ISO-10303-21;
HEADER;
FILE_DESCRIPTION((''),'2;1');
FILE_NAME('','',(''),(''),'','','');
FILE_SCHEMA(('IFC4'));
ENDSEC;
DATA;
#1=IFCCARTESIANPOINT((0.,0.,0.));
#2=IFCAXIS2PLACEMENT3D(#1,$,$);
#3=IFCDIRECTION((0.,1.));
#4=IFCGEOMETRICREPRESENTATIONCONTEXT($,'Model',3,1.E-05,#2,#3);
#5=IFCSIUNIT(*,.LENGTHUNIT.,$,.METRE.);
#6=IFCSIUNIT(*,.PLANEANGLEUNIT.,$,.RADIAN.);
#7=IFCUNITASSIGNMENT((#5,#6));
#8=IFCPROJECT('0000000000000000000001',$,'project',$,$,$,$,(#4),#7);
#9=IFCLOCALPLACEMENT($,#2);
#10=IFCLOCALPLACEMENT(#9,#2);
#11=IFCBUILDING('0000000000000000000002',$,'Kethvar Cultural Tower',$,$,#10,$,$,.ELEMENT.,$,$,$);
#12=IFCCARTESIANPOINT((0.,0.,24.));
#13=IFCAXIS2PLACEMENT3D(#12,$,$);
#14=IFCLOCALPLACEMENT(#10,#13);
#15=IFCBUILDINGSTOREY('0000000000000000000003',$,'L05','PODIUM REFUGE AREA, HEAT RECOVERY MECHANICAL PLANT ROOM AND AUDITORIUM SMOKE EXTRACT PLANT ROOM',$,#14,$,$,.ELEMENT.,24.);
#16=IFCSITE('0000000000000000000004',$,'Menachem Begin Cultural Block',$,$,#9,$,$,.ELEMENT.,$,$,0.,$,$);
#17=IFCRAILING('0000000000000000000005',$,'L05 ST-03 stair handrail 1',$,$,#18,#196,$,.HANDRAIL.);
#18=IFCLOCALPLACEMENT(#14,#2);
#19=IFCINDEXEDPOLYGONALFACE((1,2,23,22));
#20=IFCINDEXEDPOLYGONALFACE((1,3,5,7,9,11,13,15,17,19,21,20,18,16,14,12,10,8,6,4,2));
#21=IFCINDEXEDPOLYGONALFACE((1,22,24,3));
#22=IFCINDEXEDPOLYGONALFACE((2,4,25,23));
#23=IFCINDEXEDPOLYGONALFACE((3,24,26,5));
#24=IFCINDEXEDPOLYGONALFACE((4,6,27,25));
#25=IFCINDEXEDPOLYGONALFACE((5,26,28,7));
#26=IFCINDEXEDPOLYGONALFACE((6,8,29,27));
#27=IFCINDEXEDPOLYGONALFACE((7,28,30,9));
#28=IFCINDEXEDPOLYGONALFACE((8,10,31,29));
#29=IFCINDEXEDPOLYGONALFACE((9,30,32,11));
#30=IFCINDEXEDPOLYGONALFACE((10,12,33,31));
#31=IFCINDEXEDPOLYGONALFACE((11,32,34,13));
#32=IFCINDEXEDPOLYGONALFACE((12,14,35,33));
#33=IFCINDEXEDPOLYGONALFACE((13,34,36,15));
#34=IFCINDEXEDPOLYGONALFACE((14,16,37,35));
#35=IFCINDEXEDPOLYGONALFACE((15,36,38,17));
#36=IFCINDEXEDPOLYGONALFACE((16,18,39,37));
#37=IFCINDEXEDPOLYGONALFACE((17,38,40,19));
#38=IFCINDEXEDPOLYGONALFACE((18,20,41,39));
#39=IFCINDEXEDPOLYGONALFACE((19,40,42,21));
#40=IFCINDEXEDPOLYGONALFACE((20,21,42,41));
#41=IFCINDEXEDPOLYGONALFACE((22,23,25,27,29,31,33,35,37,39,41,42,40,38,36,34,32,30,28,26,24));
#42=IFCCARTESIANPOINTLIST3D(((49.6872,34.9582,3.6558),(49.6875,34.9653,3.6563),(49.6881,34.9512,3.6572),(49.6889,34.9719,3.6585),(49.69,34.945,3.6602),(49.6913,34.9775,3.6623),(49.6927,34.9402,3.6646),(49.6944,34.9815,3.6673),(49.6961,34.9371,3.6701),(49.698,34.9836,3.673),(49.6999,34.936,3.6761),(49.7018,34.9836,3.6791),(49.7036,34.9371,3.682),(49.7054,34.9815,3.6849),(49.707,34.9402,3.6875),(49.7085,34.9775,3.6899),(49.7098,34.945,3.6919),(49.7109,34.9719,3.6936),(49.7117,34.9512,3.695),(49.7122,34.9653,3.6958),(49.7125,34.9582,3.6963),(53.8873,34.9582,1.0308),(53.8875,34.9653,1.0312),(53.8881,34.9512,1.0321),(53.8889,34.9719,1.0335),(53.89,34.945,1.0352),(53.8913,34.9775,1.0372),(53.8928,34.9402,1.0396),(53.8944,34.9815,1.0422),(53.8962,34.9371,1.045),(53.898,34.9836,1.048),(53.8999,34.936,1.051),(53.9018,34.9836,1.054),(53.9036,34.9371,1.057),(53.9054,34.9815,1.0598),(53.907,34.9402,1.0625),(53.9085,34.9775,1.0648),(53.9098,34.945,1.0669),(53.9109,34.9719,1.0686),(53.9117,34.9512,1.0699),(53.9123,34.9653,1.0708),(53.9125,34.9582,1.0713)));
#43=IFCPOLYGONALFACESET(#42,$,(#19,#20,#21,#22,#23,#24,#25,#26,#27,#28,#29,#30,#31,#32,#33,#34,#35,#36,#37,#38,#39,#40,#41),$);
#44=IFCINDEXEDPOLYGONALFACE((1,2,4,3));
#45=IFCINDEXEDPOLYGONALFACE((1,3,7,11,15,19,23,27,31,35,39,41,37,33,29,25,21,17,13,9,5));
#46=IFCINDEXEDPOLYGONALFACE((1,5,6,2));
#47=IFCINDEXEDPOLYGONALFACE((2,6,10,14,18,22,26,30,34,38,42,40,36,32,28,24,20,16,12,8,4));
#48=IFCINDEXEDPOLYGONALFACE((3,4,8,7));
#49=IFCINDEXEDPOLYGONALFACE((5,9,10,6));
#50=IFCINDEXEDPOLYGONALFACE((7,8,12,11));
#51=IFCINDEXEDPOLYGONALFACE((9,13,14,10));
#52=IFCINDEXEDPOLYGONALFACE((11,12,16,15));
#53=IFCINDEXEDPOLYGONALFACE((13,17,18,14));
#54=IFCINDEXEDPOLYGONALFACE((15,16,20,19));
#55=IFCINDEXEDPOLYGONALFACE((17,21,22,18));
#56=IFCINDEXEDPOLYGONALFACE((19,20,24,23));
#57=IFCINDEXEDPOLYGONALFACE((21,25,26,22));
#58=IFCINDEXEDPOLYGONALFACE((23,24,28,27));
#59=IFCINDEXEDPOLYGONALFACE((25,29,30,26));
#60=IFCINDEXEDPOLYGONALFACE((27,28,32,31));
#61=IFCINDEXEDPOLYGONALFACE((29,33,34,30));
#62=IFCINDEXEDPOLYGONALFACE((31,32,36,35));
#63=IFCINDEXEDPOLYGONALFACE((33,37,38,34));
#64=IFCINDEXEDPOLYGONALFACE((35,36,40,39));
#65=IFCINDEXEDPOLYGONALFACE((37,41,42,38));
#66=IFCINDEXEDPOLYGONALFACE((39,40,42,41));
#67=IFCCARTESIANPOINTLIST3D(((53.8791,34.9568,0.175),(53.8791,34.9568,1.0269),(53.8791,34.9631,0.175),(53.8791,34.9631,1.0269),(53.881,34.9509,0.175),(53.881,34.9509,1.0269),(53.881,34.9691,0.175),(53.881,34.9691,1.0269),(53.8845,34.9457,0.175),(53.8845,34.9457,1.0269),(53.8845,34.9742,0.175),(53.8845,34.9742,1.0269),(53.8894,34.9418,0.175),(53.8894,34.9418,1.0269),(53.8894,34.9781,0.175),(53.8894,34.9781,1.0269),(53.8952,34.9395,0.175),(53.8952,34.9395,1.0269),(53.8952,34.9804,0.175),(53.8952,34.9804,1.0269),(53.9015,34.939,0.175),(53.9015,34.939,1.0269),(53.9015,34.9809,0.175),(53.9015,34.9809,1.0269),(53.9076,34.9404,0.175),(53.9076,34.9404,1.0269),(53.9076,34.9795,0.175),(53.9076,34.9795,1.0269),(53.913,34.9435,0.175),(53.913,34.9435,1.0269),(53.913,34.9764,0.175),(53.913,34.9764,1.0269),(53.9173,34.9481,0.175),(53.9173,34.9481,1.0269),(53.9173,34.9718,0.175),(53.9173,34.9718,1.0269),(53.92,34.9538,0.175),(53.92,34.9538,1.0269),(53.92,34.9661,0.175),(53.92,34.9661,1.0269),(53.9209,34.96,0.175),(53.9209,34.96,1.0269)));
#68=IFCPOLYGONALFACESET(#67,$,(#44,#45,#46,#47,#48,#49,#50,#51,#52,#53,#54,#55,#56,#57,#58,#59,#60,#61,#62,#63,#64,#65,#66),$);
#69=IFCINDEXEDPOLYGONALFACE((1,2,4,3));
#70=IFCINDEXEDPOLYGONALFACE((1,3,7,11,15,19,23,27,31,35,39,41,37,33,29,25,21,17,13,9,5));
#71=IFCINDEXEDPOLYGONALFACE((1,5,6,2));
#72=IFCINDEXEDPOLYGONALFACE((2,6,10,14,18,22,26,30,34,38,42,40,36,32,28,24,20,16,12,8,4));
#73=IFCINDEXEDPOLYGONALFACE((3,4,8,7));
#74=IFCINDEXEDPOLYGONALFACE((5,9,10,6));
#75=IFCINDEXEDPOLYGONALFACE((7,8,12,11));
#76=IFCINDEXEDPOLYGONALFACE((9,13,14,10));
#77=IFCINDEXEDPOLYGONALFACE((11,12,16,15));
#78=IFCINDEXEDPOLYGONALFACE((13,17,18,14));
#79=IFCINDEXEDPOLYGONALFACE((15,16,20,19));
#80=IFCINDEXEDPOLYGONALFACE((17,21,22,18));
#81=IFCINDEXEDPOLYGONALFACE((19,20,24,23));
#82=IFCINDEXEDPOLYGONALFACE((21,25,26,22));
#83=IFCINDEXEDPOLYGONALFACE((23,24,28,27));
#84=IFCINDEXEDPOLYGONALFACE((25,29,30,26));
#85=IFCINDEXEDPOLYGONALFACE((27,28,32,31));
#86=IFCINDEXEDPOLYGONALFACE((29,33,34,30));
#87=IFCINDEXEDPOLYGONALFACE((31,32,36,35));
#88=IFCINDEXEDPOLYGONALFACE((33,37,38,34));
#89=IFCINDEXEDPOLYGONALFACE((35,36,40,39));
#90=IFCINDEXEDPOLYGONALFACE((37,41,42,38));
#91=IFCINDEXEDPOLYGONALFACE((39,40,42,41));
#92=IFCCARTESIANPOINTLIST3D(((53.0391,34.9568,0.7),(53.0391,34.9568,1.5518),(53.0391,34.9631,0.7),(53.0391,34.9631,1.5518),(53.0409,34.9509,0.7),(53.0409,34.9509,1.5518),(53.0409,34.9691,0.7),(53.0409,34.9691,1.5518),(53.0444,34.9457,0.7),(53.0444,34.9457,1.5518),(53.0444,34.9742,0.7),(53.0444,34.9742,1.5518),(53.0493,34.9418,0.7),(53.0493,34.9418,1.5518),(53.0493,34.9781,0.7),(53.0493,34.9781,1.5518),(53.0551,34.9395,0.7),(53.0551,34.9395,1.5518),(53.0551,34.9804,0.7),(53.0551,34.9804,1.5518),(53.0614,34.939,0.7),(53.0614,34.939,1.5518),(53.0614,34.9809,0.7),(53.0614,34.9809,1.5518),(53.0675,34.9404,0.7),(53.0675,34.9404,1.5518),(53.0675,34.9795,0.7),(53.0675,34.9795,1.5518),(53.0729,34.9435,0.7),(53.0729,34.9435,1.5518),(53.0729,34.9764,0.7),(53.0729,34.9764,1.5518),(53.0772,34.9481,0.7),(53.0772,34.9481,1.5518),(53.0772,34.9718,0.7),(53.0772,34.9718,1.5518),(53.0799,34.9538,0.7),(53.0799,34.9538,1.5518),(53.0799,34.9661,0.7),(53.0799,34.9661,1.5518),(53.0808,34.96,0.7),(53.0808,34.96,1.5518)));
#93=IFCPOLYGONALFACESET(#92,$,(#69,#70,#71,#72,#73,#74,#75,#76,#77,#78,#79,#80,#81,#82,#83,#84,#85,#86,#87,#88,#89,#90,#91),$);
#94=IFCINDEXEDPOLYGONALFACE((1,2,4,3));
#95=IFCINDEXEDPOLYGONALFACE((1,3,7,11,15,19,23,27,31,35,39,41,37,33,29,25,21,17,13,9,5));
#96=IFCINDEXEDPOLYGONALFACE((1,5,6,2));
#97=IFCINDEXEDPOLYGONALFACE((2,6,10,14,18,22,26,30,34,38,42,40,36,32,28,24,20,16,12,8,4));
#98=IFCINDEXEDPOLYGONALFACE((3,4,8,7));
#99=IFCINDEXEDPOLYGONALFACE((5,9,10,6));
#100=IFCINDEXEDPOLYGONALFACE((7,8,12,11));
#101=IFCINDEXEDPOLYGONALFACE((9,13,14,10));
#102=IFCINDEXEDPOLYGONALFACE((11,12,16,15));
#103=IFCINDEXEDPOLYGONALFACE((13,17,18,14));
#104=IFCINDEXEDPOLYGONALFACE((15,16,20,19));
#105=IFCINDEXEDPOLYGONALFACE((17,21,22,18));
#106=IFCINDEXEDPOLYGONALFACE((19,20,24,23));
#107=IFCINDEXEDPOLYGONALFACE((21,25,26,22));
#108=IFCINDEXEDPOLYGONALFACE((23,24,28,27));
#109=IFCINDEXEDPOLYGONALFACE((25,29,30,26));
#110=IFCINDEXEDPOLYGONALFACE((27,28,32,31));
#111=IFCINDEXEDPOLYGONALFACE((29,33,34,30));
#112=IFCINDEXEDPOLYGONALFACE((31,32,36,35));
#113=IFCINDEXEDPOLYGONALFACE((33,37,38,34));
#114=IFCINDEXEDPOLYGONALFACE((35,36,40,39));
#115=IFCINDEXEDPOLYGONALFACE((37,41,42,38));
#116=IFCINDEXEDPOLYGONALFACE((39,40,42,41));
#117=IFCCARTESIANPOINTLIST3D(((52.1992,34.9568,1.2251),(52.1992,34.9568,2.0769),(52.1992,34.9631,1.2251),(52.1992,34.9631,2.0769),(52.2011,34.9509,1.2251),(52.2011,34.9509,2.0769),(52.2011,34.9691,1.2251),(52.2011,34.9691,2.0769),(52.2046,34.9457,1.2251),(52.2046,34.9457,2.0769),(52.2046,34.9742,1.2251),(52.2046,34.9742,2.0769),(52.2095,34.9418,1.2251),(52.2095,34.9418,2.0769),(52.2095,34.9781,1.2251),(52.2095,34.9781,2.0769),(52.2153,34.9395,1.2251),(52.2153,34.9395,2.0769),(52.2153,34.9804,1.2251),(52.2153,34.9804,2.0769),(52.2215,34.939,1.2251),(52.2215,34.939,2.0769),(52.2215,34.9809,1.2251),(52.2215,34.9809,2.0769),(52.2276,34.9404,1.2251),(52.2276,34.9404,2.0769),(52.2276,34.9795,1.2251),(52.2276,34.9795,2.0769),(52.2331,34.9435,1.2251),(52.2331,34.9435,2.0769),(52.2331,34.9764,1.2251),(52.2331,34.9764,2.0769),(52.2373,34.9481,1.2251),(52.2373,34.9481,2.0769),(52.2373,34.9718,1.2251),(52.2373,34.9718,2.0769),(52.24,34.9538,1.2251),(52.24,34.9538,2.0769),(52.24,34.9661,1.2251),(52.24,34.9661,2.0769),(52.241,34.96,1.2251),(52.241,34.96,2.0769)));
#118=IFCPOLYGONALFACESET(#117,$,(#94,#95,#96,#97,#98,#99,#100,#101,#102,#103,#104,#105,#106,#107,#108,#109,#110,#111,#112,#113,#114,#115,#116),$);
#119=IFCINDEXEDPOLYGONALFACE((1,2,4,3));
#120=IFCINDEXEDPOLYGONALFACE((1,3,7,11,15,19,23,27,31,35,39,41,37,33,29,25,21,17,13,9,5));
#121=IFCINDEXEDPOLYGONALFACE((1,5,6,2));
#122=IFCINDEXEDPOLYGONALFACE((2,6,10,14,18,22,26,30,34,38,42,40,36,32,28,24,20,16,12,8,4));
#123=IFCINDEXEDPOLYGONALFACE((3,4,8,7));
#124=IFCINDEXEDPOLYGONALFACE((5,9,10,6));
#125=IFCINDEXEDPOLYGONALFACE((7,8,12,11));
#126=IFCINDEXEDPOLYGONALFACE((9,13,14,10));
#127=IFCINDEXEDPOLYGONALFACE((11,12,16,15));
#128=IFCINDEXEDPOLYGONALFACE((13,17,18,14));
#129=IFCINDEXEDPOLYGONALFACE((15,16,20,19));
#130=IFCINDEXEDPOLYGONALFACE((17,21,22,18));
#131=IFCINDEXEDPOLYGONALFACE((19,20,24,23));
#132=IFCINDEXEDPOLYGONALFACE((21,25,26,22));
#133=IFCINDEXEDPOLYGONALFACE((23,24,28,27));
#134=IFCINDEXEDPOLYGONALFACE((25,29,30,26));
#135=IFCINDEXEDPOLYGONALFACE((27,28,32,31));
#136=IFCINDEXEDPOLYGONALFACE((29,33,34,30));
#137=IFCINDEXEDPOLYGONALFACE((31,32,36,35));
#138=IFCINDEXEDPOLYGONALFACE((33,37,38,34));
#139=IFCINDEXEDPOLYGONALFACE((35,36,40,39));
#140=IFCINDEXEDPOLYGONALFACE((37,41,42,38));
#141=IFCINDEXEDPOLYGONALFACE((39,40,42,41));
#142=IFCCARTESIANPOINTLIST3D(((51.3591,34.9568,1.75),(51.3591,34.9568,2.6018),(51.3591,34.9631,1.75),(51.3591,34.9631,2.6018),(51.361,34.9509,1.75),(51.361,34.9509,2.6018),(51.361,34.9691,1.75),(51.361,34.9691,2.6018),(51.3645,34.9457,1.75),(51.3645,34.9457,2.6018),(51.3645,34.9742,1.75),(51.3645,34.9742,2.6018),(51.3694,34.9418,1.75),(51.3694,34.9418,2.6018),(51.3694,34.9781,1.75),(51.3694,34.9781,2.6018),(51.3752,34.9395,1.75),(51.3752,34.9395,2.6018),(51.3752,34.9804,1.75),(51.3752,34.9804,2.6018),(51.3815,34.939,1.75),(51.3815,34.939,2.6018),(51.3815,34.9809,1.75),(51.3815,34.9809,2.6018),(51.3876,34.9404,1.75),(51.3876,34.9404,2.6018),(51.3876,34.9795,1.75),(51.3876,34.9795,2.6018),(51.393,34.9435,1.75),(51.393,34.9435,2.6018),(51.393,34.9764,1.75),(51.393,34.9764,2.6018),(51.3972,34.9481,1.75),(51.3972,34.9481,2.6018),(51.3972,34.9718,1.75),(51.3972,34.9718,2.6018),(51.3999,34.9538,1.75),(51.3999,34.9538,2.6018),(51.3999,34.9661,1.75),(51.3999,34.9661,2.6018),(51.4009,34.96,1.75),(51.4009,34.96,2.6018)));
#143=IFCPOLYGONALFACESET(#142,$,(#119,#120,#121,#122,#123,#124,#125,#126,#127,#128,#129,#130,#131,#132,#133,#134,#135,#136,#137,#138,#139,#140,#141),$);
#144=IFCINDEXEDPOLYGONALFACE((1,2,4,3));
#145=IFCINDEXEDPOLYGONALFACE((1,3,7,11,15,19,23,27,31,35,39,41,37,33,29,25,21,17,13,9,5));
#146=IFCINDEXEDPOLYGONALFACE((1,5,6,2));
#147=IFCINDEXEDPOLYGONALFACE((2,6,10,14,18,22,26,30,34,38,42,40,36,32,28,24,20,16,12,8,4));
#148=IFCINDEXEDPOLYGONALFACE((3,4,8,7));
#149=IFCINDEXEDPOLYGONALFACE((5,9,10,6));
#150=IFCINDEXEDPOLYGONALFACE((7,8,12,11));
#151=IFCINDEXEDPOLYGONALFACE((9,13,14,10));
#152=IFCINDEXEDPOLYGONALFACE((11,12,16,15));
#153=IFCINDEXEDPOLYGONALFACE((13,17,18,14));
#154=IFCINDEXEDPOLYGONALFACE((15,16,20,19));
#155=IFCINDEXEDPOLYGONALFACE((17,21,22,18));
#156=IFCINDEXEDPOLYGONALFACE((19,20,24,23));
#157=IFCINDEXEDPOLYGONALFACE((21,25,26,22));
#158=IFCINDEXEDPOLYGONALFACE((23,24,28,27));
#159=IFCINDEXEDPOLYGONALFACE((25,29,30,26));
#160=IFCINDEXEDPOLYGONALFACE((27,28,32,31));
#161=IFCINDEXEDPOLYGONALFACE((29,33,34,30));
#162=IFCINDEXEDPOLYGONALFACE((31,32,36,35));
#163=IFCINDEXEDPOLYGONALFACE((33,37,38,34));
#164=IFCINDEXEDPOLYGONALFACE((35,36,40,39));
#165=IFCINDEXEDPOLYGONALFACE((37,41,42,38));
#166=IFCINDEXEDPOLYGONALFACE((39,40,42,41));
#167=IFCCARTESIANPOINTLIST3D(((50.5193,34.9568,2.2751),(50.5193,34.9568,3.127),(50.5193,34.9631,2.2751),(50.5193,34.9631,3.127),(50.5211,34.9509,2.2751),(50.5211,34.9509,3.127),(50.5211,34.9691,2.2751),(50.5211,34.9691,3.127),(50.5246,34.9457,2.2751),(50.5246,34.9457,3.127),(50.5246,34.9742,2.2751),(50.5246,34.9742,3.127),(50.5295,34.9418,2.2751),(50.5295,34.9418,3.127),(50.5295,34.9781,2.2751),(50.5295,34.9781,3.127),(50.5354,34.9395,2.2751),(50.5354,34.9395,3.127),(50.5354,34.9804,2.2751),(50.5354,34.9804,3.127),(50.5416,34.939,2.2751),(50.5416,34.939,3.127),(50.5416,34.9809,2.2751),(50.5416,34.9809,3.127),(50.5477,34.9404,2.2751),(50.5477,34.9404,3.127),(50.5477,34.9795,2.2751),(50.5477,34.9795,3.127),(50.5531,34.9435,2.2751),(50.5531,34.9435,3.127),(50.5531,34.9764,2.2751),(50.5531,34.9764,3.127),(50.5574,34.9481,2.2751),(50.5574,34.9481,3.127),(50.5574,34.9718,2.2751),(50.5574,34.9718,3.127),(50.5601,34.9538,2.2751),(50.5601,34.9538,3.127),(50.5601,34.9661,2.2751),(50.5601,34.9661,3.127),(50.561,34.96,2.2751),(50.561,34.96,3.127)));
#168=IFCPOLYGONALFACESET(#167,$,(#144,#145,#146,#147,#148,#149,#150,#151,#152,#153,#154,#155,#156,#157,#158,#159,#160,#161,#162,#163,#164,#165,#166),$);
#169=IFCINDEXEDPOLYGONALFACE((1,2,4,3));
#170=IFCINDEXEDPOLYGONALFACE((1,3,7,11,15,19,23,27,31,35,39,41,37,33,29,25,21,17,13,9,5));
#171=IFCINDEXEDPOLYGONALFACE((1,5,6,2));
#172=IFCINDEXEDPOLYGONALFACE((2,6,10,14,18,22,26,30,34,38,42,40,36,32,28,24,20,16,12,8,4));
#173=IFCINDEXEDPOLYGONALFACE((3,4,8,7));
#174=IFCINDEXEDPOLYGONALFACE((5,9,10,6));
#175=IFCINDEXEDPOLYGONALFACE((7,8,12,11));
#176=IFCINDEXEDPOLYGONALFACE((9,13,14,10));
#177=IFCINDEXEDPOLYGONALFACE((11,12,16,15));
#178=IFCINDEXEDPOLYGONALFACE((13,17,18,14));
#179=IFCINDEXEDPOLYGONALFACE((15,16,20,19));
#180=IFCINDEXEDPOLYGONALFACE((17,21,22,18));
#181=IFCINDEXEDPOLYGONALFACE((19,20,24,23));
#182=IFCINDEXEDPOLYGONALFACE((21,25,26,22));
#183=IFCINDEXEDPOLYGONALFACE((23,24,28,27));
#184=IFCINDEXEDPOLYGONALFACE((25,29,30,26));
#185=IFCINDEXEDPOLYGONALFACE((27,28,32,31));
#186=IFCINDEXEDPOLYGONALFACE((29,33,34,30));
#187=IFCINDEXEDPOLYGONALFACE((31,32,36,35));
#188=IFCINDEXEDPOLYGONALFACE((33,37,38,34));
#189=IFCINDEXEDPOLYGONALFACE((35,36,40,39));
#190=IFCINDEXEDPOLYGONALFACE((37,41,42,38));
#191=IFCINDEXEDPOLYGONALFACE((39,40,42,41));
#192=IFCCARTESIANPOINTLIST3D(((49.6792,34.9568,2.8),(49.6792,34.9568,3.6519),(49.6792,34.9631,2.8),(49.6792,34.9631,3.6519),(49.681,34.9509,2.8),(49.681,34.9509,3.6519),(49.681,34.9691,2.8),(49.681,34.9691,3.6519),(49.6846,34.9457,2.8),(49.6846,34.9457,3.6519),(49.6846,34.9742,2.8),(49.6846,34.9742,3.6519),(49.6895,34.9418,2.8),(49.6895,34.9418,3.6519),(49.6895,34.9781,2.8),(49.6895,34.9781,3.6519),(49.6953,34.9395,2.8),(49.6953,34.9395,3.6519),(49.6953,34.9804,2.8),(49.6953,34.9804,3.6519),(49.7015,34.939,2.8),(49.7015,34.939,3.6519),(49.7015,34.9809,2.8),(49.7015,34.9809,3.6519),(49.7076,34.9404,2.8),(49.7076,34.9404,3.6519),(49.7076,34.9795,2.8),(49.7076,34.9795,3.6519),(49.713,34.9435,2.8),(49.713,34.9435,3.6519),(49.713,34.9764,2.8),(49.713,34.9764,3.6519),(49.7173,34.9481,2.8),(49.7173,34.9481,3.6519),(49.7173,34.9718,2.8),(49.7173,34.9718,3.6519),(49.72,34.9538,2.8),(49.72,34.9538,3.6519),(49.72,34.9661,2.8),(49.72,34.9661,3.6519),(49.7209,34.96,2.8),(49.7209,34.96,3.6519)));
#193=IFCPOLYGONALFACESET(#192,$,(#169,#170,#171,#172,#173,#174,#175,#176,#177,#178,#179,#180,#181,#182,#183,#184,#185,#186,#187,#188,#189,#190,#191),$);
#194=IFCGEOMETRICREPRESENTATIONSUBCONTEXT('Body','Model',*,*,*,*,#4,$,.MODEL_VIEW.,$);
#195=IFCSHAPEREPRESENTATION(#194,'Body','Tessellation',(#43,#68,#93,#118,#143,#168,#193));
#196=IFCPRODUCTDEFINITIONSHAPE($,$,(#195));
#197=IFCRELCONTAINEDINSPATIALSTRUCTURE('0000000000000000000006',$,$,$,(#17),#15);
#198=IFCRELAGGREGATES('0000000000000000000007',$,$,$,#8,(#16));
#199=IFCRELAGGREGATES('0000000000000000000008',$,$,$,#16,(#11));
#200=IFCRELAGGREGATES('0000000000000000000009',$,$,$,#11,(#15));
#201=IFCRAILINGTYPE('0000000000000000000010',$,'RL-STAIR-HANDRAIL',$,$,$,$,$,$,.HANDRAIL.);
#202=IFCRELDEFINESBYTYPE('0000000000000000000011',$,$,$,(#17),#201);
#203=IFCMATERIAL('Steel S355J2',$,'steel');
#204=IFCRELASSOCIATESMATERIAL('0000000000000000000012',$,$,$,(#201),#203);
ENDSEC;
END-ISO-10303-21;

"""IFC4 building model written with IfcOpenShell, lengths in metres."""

from ifc_helpers import new_model, si_unit, direction, frame, origin, origin_2d, place, context, subcontext, project, spatial, circle, extrude, material, type_object, element, save


model = new_model("IFC4")

# Units and contexts
model_context = context("Model", 3, precision=1e-05, world=origin(), true_north=direction((0.0, 1.0)))
body_context = subcontext(model_context, "Body", "Model", "MODEL_VIEW")
ifc_project = project(units=[si_unit("LENGTHUNIT", "METRE"), si_unit("PLANEANGLEUNIT", "RADIAN")], contexts=[model_context])

# Site, building, storey
site_placement = place(None, origin())
site = spatial("IfcSite", under=ifc_project, at=site_placement, Name="Menachem Begin Cultural Block", CompositionType="ELEMENT", RefElevation=0.0)
building_placement = place(site_placement, origin())
building = spatial("IfcBuilding", under=site, at=building_placement, Name="Kethvar Cultural Tower", CompositionType="ELEMENT")
storey_placement = place(building_placement, frame((0.0, 0.0, 24.0)))
storey = spatial("IfcBuildingStorey", under=building, at=storey_placement, Name="L05", Description="PODIUM REFUGE AREA, HEAT RECOVERY MECHANICAL PLANT ROOM AND AUDITORIUM SMOKE EXTRACT PLANT ROOM", CompositionType="ELEMENT", Elevation=24.0)

# Railing
ifc_material_1 = material(Name="Steel S355J2", Category="steel")
railing_type_1 = type_object("IfcRailingType", Name="RL-STAIR-HANDRAIL", PredefinedType="HANDRAIL", material=ifc_material_1)
railing_1_placement = place(storey_placement, frame((53.8999, 34.96, 0.175)))
element("IfcRailing", 1, at=railing_1_placement, inside=storey, type_object=railing_type_1, Name="L05 ST-03 stair handrail 1", PredefinedType="HANDRAIL", context=body_context, shape_type="SweptSolid", body=[
    extrude(circle(Radius=0.0239, at=origin_2d()), frame((0.0, 0.0, 0.876), z_axis=(-0.847996, 0.0, 0.530003), x_axis=(0.0, -1.0, 0.0)), (0.0, 0.0, 1.0), 4.9529),
    extrude(circle(Radius=0.021, at=origin_2d()), origin(), (0.0, 0.0, 1.0), 0.8518),
    extrude(circle(Radius=0.021, at=origin_2d()), frame((-0.8401, 0.0, 0.5249)), (0.0, 0.0, 1.0), 0.8518),
    extrude(circle(Radius=0.021, at=origin_2d()), frame((-1.6799, 0.0, 1.05)), (0.0, 0.0, 1.0), 0.8518),
    extrude(circle(Radius=0.021, at=origin_2d()), frame((-2.52, 0.0, 1.575)), (0.0, 0.0, 1.0), 0.8518),
    extrude(circle(Radius=0.021, at=origin_2d()), frame((-3.3599, 0.0, 2.1001)), (0.0, 0.0, 1.0), 0.8518),
    extrude(circle(Radius=0.021, at=origin_2d()), frame((-4.2, 0.0, 2.625)), (0.0, 0.0, 1.0), 0.8518),
])

save(model, "model.ifc")
